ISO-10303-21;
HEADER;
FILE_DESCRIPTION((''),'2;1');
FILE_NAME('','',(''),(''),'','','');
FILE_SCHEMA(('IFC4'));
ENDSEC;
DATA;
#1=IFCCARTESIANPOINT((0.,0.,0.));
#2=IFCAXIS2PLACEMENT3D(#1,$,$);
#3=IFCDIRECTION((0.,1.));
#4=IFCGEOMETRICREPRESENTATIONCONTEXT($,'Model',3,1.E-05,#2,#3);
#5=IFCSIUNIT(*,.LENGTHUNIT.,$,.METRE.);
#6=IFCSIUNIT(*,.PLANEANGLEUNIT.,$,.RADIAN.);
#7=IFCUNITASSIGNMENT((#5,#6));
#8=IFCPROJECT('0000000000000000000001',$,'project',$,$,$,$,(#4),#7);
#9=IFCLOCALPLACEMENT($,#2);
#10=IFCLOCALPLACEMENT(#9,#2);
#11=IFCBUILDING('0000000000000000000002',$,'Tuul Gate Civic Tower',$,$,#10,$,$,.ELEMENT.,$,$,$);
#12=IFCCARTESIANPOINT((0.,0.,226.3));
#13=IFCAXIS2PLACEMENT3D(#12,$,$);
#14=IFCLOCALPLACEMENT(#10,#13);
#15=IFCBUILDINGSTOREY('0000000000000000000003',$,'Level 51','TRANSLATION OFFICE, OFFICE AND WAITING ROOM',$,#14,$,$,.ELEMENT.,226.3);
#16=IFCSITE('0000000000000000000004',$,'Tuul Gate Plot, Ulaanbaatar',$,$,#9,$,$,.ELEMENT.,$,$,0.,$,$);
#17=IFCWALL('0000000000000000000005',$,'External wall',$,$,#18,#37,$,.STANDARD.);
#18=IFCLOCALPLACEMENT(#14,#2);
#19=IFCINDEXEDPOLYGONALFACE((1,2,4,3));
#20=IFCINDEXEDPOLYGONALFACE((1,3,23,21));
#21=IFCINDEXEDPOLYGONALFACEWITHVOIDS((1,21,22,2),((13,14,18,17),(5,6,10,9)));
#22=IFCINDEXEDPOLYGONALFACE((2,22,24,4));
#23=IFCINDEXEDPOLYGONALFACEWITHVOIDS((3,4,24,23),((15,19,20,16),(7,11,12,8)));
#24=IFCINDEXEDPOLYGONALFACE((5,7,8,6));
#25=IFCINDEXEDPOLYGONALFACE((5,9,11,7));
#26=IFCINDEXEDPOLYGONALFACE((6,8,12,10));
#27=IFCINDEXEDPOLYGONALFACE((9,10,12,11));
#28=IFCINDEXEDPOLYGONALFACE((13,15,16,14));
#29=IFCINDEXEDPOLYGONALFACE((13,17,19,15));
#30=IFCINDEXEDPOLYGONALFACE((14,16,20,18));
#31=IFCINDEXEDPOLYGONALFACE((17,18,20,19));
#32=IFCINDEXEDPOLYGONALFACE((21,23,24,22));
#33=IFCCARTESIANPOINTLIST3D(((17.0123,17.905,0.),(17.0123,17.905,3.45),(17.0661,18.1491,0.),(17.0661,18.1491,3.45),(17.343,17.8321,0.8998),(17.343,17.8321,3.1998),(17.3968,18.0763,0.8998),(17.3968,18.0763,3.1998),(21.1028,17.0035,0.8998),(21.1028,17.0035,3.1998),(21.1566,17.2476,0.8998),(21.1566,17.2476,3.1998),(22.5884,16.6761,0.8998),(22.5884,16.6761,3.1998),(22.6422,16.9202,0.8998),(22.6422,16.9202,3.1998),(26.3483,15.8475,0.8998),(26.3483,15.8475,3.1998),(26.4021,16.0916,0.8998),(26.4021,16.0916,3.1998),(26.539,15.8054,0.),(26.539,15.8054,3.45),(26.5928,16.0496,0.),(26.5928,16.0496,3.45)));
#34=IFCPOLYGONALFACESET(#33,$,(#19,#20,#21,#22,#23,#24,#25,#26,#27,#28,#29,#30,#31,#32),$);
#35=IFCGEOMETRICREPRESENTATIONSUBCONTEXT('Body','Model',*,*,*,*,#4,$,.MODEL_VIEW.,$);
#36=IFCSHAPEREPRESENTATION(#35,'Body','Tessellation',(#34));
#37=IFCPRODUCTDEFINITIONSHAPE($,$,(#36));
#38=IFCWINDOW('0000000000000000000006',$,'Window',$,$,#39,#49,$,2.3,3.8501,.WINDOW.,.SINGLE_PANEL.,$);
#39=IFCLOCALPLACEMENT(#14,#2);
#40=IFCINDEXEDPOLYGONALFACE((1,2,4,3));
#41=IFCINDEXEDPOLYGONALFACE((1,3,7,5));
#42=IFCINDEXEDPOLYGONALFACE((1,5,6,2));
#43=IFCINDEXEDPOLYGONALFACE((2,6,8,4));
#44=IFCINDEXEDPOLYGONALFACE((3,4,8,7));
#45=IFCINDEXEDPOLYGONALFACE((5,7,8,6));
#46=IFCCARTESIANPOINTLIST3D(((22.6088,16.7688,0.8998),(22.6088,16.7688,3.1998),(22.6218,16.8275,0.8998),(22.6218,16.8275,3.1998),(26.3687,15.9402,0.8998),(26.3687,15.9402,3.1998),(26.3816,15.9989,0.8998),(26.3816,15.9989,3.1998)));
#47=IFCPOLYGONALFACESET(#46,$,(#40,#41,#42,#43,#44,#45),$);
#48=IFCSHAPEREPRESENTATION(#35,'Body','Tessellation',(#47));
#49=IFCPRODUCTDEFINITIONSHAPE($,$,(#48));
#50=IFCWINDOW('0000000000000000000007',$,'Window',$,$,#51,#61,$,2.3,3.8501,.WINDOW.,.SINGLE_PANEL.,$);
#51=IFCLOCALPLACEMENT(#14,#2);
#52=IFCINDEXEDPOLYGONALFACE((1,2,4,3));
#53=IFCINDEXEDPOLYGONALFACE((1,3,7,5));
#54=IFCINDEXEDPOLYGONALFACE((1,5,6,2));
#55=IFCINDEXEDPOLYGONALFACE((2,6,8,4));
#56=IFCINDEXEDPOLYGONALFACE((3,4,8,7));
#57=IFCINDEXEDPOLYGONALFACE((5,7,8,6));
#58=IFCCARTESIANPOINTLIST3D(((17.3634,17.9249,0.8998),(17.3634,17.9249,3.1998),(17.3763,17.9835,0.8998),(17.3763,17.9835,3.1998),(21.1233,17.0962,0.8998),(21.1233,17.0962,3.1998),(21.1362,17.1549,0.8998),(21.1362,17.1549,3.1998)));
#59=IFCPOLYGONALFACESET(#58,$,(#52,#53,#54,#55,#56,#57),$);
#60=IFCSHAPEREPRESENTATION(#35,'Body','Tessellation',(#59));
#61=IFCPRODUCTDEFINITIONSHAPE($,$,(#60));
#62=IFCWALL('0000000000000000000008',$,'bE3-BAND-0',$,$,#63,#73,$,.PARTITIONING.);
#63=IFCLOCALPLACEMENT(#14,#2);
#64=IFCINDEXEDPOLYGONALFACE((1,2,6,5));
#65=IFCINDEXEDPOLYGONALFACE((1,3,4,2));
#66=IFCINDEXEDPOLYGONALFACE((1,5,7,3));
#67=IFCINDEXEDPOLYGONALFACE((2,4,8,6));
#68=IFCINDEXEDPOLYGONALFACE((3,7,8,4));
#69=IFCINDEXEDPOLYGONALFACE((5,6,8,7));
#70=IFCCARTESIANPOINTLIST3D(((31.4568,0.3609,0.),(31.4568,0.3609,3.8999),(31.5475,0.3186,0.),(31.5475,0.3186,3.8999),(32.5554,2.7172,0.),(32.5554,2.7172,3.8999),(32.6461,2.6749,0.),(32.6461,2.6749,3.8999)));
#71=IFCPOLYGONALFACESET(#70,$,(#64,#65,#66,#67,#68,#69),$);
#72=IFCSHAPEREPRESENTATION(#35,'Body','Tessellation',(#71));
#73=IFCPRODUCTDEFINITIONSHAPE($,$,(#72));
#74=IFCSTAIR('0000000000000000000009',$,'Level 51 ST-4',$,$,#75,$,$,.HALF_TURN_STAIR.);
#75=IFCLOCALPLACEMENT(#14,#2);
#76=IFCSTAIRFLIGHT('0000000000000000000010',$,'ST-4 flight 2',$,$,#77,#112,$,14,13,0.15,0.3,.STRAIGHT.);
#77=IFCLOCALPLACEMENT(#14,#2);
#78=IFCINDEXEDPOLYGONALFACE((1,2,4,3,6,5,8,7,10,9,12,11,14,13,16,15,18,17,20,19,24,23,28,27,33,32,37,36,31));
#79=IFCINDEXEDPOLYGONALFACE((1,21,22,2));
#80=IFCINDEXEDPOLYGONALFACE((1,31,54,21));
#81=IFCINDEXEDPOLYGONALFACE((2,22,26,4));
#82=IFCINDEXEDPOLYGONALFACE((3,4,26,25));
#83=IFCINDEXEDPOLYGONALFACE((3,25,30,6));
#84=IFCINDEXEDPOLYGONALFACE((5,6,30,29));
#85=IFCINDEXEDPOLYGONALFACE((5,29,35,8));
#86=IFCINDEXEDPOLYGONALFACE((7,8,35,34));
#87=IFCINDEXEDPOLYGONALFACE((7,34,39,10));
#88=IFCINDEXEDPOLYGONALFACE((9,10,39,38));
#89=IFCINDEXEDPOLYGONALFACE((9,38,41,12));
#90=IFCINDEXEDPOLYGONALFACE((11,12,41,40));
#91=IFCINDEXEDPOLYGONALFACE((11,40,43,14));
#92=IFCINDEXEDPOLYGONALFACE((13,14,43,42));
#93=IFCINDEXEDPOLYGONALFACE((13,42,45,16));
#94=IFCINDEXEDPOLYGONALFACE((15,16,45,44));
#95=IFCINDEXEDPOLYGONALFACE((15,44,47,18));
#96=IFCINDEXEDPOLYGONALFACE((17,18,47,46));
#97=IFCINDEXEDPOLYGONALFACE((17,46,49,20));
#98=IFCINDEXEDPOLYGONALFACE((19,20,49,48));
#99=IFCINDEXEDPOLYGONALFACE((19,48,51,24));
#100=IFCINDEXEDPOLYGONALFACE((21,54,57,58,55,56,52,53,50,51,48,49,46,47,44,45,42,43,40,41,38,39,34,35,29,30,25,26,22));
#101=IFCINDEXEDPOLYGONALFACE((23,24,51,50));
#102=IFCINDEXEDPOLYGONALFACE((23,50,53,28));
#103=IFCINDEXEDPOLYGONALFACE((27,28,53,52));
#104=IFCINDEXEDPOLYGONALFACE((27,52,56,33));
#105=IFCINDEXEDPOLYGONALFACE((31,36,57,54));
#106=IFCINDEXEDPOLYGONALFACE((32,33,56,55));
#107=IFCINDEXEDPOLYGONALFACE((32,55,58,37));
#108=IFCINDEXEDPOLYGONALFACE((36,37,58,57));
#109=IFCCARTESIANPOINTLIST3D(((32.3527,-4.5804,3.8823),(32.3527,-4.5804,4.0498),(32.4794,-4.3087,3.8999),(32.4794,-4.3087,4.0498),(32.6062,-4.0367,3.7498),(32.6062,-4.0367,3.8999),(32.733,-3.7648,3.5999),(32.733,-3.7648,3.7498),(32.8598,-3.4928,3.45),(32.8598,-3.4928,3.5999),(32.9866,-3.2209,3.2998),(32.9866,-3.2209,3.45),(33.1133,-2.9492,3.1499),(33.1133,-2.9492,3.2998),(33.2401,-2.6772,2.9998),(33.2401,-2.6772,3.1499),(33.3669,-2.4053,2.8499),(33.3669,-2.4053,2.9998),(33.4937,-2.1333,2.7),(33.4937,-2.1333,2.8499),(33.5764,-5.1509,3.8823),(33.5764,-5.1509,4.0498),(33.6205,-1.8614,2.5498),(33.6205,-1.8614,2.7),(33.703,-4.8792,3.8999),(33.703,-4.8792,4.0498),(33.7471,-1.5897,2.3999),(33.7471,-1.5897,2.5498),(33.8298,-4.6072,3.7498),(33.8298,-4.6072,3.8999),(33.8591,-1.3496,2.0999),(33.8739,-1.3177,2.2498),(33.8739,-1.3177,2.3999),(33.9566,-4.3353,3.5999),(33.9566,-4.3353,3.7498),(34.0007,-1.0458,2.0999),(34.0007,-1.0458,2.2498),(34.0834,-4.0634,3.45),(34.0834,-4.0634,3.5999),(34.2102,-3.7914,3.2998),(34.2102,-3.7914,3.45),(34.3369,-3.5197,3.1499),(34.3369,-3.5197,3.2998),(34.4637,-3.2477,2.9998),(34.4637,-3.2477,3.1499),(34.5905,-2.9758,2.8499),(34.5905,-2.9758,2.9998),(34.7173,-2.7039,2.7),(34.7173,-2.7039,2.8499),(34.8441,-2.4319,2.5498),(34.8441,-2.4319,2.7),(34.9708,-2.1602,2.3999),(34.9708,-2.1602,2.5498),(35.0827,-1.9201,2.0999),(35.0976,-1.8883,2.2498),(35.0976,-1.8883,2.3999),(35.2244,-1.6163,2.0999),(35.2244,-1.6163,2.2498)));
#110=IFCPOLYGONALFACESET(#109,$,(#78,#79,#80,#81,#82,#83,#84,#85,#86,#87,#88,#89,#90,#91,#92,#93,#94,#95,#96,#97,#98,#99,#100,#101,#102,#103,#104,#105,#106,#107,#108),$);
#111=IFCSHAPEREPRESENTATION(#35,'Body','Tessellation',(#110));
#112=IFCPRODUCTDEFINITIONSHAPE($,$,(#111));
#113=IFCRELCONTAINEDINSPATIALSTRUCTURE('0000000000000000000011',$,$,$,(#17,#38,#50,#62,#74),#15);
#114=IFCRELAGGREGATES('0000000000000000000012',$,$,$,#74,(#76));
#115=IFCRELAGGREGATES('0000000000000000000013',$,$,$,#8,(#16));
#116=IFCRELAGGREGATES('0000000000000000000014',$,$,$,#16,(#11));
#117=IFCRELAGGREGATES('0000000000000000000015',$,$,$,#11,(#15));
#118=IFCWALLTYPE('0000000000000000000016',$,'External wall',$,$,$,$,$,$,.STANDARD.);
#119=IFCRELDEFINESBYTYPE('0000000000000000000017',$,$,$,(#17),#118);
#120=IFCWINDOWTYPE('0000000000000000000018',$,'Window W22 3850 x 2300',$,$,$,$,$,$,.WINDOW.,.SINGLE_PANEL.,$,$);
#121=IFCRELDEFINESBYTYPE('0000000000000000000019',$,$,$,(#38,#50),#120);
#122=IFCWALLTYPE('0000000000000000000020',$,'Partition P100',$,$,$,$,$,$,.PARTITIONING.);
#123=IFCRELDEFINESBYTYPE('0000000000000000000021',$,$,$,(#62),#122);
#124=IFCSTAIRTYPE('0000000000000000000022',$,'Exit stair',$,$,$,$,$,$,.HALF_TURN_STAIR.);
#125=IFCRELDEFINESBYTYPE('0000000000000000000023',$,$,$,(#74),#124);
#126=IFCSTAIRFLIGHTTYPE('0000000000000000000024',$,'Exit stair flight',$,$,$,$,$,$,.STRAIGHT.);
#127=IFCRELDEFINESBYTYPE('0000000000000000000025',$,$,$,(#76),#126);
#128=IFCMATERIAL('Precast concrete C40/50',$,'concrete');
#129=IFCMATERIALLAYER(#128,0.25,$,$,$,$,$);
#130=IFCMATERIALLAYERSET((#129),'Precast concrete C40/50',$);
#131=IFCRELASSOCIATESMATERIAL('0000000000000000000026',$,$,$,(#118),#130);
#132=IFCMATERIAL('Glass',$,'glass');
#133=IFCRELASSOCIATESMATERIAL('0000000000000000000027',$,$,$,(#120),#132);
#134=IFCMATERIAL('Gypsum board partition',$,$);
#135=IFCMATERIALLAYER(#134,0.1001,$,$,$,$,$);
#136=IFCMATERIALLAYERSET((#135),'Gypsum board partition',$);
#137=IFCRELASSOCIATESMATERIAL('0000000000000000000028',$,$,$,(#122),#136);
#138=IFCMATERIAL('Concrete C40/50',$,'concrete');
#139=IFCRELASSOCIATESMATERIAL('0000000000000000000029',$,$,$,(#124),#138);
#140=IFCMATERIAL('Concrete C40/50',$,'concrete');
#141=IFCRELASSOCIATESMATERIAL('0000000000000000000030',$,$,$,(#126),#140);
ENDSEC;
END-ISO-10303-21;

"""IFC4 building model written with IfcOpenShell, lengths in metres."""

from ifc_helpers import new_model, si_unit, direction, frame, frame_2d, origin, place, context, subcontext, project, spatial, polyline, rectangle, outline, extrude, material, layer, layer_set, type_object, element, fill, aggregate, save


model = new_model("IFC4")

# Units and contexts
model_context = context("Model", 3, precision=1e-05, world=origin(), true_north=direction((0.0, 1.0)))
body_context = subcontext(model_context, "Body", "Model", "MODEL_VIEW")
ifc_project = project(units=[si_unit("LENGTHUNIT", "METRE"), si_unit("PLANEANGLEUNIT", "RADIAN")], contexts=[model_context])

# Site, building, storey
site_placement = place(None, origin())
site = spatial("IfcSite", under=ifc_project, at=site_placement, Name="Tuul Gate Plot, Ulaanbaatar", CompositionType="ELEMENT", RefElevation=0.0)
building_placement = place(site_placement, origin())
building = spatial("IfcBuilding", under=site, at=building_placement, Name="Tuul Gate Civic Tower", CompositionType="ELEMENT")
storey_placement = place(building_placement, frame((0.0, 0.0, 226.3)))
storey = spatial("IfcBuildingStorey", under=building, at=storey_placement, Name="Level 51", Description="TRANSLATION OFFICE, OFFICE AND WAITING ROOM", CompositionType="ELEMENT", Elevation=226.3)

# Wall, openings, windows
ifc_material_1 = material(Name="Precast concrete C40/50", Category="concrete")
ifc_layer_1 = layer(ifc_material_1, 0.25)
ifc_layer_set_1 = layer_set([ifc_layer_1], Name="Precast concrete C40/50")
wall_type_1 = type_object("IfcWallType", Name="External wall", PredefinedType="STANDARD", material=ifc_layer_set_1)
ifc_material_2 = material(Name="Glass", Category="glass")
window_type = type_object("IfcWindowType", Name="Window W22 3850 x 2300", PartitioningType="SINGLE_PANEL", PredefinedType="WINDOW", material=ifc_material_2)
wall_1_placement = place(storey_placement, frame((26.5659, 15.9275, 0.0), z_axis=(0.0, 0.0, 1.0), x_axis=(-0.976565, 0.215224, 0.0)))
wall_1 = element("IfcWall", 1, at=wall_1_placement, inside=storey, type_object=wall_type_1, Name="External wall", PredefinedType="STANDARD", context=body_context, shape_type="SweptSolid", body=[
    extrude(rectangle(XDim=9.7554, YDim=0.25, at=frame_2d((4.8777, 0.0))), origin(), (0.0, 0.0, 1.0), 3.45),
])
opening_1_placement = place(wall_1_placement, frame((0.1953, 0.0, 0.8999)))
opening_1 = element("IfcOpeningElement", 2, at=opening_1_placement, cuts=wall_1, PredefinedType="OPENING", context=body_context, shape_type="SweptSolid", body=[
    extrude(rectangle(XDim=3.8501, YDim=2.3, at=frame_2d((1.925, 1.1499))), frame((0.0, 0.135, 0.0), z_axis=(0.0, -1.0, 0.0), x_axis=(1.0, 0.0, 0.0)), (0.0, 0.0, 1.0), 0.27),
])
opening_2_placement = place(wall_1_placement, frame((5.5667, 0.0, 0.8999)))
opening_2 = element("IfcOpeningElement", 3, at=opening_2_placement, cuts=wall_1, PredefinedType="OPENING", context=body_context, shape_type="SweptSolid", body=[
    extrude(rectangle(XDim=3.8501, YDim=2.3, at=frame_2d((1.925, 1.1499))), frame((0.0, 0.135, 0.0), z_axis=(0.0, -1.0, 0.0), x_axis=(1.0, 0.0, 0.0)), (0.0, 0.0, 1.0), 0.27),
])
window_1_placement = place(opening_1_placement, origin())
window_1 = element("IfcWindow", 4, at=window_1_placement, inside=storey, type_object=window_type, Name="Window", OverallHeight=2.3, OverallWidth=3.8501, PartitioningType="SINGLE_PANEL", PredefinedType="WINDOW", context=body_context, shape_type="SweptSolid", body=[
    extrude(rectangle(XDim=3.8501, YDim=2.3, at=frame_2d((1.925, 1.1499))), frame((0.0, 0.03, 0.0), z_axis=(0.0, -1.0, 0.0), x_axis=(1.0, 0.0, 0.0)), (0.0, 0.0, 1.0), 0.0601),
])
fill(opening_1, window_1)
window_2_placement = place(opening_2_placement, origin())
window_2 = element("IfcWindow", 5, at=window_2_placement, inside=storey, type_object=window_type, Name="Window", OverallHeight=2.3, OverallWidth=3.8501, PartitioningType="SINGLE_PANEL", PredefinedType="WINDOW", context=body_context, shape_type="SweptSolid", body=[
    extrude(rectangle(XDim=3.8501, YDim=2.3, at=frame_2d((1.925, 1.1499))), frame((0.0, 0.03, 0.0), z_axis=(0.0, -1.0, 0.0), x_axis=(1.0, 0.0, 0.0)), (0.0, 0.0, 1.0), 0.0601),
])
fill(opening_2, window_2)

# Wall
ifc_material_3 = material(Name="Gypsum board partition")
ifc_layer_2 = layer(ifc_material_3, 0.1001)
ifc_layer_set_2 = layer_set([ifc_layer_2], Name="Gypsum board partition")
wall_type_2 = type_object("IfcWallType", Name="Partition P100", PredefinedType="PARTITIONING", material=ifc_layer_set_2)
wall_2_placement = place(storey_placement, frame((31.5022, 0.3398, 0.0), z_axis=(0.0, 0.0, 1.0), x_axis=(0.422556, 0.906337, 0.0)))
element("IfcWall", 6, at=wall_2_placement, inside=storey, type_object=wall_type_2, Name="bE3-BAND-0", PredefinedType="PARTITIONING", context=body_context, shape_type="SweptSolid", body=[
    extrude(rectangle(XDim=2.5999, YDim=0.1001, at=frame_2d((1.2998, 0.0))), origin(), (0.0, 0.0, 1.0), 3.8999),
])

# Stair, stair flight
ifc_material_4 = material(Name="Concrete C40/50", Category="concrete")
stair_type = type_object("IfcStairType", Name="Exit stair", PredefinedType="HALF_TURN_STAIR", material=ifc_material_4)
stair_placement = place(storey_placement, origin())
stair = element("IfcStair", 7, at=stair_placement, inside=storey, type_object=stair_type, Name="Level 51 ST-4", PredefinedType="HALF_TURN_STAIR")
ifc_material_5 = material(Name="Concrete C40/50", Category="concrete")
stair_flight_type = type_object("IfcStairFlightType", Name="Exit stair flight", PredefinedType="STRAIGHT", material=ifc_material_5)
stair_flight_placement = place(storey_placement, frame((34.6125, -1.3311, 2.0999), z_axis=(0.0, 0.0, 1.0), x_axis=(-0.422576, -0.906327, 0.0)))
stair_flight = element("IfcStairFlight", 8, at=stair_flight_placement, type_object=stair_flight_type, Name="ST-4 flight 2", NumberOfRisers=14, NumberOfTreads=13, PredefinedType="STRAIGHT", RiserHeight=0.15, TreadLength=0.3, context=body_context, shape_type="SweptSolid", body=[
    extrude(outline(polyline([(0.0, 0.0), (0.0, 0.1499), (0.3, 0.1499), (0.3, 0.3), (0.6001, 0.3), (0.6001, 0.45), (0.8999, 0.45), (0.8999, 0.6001), (1.2, 0.6001), (1.2, 0.75), (1.5, 0.75), (1.5, 0.8999), (1.8, 0.8999), (1.8, 1.05), (2.1001, 1.05), (2.1001, 1.2), (2.3999, 1.2), (2.3999, 1.3501), (2.7, 1.3501), (2.7, 1.5), (3.0, 1.5), (3.0, 1.6499), (3.3, 1.6499), (3.3, 1.8), (3.6001, 1.8), (3.6001, 1.95), (3.8999, 1.95), (3.8999, 2.1001), (3.8999, 1.7825), (0.3352, 0.0), (0.0, 0.0)])), frame((0.0, 0.675, 0.0), z_axis=(0.0, -1.0, 0.0), x_axis=(1.0, 0.0, 0.0)), (0.0, 0.0, 1.0), 1.3501),
])
aggregate(stair, [stair_flight])

save(model, "model.ifc")
